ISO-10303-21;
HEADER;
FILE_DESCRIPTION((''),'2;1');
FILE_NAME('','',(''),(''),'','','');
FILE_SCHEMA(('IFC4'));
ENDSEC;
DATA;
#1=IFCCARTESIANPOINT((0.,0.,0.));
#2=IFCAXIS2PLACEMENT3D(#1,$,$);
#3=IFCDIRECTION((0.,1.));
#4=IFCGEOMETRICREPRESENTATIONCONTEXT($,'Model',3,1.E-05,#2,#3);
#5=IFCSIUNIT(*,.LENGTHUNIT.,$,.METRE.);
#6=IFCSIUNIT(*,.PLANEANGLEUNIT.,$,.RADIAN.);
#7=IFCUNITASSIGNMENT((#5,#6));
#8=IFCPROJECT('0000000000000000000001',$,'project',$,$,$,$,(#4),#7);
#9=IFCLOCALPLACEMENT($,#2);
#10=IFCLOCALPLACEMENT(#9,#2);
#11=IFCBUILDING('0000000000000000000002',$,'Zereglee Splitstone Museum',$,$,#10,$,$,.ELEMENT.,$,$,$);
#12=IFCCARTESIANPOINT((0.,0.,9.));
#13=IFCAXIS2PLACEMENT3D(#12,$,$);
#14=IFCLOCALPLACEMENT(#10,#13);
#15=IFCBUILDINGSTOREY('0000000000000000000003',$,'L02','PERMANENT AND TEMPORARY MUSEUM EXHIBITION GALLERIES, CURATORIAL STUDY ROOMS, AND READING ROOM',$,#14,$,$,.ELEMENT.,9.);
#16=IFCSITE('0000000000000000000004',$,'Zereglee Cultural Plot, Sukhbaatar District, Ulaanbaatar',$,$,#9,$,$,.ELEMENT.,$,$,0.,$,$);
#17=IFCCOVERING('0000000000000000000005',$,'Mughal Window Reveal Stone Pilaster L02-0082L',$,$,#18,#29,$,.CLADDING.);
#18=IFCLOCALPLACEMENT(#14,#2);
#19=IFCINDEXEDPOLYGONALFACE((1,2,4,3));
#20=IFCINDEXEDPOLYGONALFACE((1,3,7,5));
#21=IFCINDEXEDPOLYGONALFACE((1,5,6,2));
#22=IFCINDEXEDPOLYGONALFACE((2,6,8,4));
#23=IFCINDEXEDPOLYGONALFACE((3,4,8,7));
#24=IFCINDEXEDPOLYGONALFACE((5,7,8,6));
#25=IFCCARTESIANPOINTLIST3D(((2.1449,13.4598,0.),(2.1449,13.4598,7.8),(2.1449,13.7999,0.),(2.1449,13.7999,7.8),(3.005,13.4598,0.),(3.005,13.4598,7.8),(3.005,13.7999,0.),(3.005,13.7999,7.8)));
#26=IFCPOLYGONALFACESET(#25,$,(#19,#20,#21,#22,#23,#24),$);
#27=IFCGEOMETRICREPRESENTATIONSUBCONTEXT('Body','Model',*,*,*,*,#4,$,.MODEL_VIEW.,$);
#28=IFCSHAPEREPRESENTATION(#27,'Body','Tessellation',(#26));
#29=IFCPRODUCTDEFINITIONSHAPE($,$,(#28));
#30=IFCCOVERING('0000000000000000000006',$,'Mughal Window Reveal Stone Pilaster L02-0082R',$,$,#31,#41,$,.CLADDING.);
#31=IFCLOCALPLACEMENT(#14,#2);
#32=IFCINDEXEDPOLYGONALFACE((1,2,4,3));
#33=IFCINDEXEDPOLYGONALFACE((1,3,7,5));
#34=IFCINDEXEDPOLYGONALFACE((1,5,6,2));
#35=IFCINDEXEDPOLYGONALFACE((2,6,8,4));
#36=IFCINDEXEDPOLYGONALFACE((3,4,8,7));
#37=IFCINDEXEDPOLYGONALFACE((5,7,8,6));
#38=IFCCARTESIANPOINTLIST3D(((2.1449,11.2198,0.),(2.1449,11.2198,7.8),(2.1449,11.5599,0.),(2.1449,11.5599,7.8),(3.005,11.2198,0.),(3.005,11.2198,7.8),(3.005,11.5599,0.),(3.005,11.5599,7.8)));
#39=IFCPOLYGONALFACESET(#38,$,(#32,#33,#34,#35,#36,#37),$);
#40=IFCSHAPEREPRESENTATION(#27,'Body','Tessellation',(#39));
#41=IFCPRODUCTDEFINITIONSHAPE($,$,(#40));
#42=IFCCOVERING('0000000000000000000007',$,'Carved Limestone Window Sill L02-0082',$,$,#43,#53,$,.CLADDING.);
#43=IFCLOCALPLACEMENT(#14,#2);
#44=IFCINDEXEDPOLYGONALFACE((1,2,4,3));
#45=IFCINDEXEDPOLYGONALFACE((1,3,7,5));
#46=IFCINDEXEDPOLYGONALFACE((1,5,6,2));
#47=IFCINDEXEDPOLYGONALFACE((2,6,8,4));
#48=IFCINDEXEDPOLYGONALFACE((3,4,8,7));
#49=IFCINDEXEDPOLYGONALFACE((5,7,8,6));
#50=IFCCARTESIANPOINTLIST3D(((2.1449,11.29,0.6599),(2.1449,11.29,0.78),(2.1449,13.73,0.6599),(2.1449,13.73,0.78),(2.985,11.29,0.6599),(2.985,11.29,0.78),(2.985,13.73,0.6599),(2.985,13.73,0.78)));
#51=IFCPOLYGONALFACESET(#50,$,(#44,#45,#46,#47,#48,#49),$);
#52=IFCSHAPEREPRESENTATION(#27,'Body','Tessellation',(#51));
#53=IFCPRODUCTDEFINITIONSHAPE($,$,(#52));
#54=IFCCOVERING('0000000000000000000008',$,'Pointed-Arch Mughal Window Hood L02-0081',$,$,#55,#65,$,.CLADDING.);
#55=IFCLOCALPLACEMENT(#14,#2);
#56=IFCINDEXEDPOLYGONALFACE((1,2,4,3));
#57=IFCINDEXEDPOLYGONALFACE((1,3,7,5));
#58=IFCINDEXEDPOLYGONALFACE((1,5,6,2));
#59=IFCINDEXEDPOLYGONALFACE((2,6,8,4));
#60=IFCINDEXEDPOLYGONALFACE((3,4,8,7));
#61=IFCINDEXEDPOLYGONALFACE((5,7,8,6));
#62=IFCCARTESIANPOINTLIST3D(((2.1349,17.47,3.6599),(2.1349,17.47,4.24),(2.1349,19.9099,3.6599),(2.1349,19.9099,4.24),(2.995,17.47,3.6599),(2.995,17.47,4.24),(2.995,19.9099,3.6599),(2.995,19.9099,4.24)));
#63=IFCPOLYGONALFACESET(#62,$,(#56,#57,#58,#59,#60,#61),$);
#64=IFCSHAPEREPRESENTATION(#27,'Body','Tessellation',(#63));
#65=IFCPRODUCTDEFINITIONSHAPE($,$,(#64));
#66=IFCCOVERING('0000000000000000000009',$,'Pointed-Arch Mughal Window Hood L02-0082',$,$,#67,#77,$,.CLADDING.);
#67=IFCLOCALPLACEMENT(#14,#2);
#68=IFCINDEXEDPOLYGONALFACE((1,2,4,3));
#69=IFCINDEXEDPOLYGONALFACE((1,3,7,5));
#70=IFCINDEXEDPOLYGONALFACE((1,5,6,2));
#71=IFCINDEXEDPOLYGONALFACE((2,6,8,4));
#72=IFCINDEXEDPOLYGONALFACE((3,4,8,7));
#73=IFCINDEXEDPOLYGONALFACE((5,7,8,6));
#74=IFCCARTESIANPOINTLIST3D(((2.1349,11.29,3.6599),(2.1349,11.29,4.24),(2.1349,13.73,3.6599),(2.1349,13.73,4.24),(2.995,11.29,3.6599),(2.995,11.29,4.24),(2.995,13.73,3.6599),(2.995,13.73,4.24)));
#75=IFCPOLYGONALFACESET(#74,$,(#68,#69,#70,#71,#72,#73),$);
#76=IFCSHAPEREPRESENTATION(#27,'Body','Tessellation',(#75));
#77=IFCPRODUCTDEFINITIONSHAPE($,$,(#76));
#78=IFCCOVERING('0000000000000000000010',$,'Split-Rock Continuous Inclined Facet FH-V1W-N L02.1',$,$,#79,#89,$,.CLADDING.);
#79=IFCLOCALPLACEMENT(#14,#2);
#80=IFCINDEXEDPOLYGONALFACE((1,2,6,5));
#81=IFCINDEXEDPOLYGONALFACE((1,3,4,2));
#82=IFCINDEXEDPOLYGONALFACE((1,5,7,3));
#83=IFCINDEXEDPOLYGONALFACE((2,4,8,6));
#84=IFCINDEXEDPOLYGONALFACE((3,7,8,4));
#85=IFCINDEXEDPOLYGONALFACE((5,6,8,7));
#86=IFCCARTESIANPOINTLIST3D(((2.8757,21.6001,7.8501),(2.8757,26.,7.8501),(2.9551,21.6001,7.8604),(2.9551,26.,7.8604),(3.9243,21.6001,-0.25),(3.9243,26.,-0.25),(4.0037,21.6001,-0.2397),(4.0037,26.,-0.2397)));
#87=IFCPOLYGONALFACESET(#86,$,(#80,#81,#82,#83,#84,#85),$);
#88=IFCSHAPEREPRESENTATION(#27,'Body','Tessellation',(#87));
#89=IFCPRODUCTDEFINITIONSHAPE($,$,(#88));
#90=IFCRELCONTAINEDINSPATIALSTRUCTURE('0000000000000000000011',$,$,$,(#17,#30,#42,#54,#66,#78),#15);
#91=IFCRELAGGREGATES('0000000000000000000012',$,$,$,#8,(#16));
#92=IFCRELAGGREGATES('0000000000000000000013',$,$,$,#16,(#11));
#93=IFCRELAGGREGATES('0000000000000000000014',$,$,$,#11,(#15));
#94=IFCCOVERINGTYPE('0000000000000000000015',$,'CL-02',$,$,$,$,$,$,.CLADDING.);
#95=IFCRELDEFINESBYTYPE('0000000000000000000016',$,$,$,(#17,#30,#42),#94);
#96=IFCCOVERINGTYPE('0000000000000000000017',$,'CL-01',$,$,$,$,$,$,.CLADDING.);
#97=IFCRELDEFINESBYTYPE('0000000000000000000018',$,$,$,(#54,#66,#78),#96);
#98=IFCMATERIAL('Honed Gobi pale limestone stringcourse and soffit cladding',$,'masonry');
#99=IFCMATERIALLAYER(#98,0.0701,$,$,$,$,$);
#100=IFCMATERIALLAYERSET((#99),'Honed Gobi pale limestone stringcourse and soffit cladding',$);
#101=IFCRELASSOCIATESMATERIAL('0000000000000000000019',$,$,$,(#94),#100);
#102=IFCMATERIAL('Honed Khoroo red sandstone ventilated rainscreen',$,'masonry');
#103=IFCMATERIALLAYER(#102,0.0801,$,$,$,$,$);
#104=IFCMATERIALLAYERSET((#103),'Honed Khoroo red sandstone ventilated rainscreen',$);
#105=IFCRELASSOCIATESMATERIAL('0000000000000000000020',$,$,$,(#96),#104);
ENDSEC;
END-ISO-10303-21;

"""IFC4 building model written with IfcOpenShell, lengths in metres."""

from ifc_helpers import new_model, si_unit, direction, frame, origin, origin_2d, place, context, subcontext, project, spatial, polyline, rectangle, outline, extrude, material, layer, layer_set, type_object, element, save


model = new_model("IFC4")

# Units and contexts
model_context = context("Model", 3, precision=1e-05, world=origin(), true_north=direction((0.0, 1.0)))
body_context = subcontext(model_context, "Body", "Model", "MODEL_VIEW")
ifc_project = project(units=[si_unit("LENGTHUNIT", "METRE"), si_unit("PLANEANGLEUNIT", "RADIAN")], contexts=[model_context])

# Site, building, storey
site_placement = place(None, origin())
site = spatial("IfcSite", under=ifc_project, at=site_placement, Name="Zereglee Cultural Plot, Sukhbaatar District, Ulaanbaatar", CompositionType="ELEMENT", RefElevation=0.0)
building_placement = place(site_placement, origin())
building = spatial("IfcBuilding", under=site, at=building_placement, Name="Zereglee Splitstone Museum", CompositionType="ELEMENT")
storey_placement = place(building_placement, frame((0.0, 0.0, 9.0)))
storey = spatial("IfcBuildingStorey", under=building, at=storey_placement, Name="L02", Description="PERMANENT AND TEMPORARY MUSEUM EXHIBITION GALLERIES, CURATORIAL STUDY ROOMS, AND READING ROOM", CompositionType="ELEMENT", Elevation=9.0)

# Coverings
ifc_material_1 = material(Name="Honed Gobi pale limestone stringcourse and soffit cladding", Category="masonry")
ifc_layer_1 = layer(ifc_material_1, 0.0701)
ifc_layer_set_1 = layer_set([ifc_layer_1], Name="Honed Gobi pale limestone stringcourse and soffit cladding")
covering_type_1 = type_object("IfcCoveringType", Name="CL-02", PredefinedType="CLADDING", material=ifc_layer_set_1)
for number, where, z_axis, x_axis, name in (
    (1, (2.575, 13.6299, 0.0), (0.0, 0.0, 1.0), (0.0, -1.0, 0.0), "Mughal Window Reveal Stone Pilaster L02-0082L"),
    (2, (2.575, 11.3899, 0.0), (0.0, 0.0, 1.0), (0.0, -1.0, 0.0), "Mughal Window Reveal Stone Pilaster L02-0082R"),
):
    element("IfcCovering", number, at=place(storey_placement, frame(where, z_axis=z_axis, x_axis=x_axis)), inside=storey, type_object=covering_type_1, Name=name, PredefinedType="CLADDING", context=body_context, shape_type="SweptSolid", body=[
        extrude(rectangle(XDim=0.3401, YDim=0.8601, at=origin_2d()), origin(), (0.0, 0.0, 1.0), 7.8),
    ])
covering_1_placement = place(storey_placement, frame((2.5649, 12.51, 0.6599), z_axis=(0.0, 0.0, 1.0), x_axis=(0.0, -1.0, 0.0)))
element("IfcCovering", 3, at=covering_1_placement, inside=storey, type_object=covering_type_1, Name="Carved Limestone Window Sill L02-0082", PredefinedType="CLADDING", context=body_context, shape_type="SweptSolid", body=[
    extrude(rectangle(XDim=2.4399, YDim=0.8401, at=origin_2d()), origin(), (0.0, 0.0, 1.0), 0.1201),
])
ifc_material_2 = material(Name="Honed Khoroo red sandstone ventilated rainscreen", Category="masonry")
ifc_layer_2 = layer(ifc_material_2, 0.0801)
ifc_layer_set_2 = layer_set([ifc_layer_2], Name="Honed Khoroo red sandstone ventilated rainscreen")
covering_type_2 = type_object("IfcCoveringType", Name="CL-01", PredefinedType="CLADDING", material=ifc_layer_set_2)
for number, where, z_axis, x_axis, name in (
    (4, (2.5649, 18.6899, 3.6599), (0.0, 0.0, 1.0), (0.0, -1.0, 0.0), "Pointed-Arch Mughal Window Hood L02-0081"),
    (5, (2.5649, 12.51, 3.6599), (0.0, 0.0, 1.0), (0.0, -1.0, 0.0), "Pointed-Arch Mughal Window Hood L02-0082"),
):
    element("IfcCovering", number, at=place(storey_placement, frame(where, z_axis=z_axis, x_axis=x_axis)), inside=storey, type_object=covering_type_2, Name=name, PredefinedType="CLADDING", context=body_context, shape_type="SweptSolid", body=[
        extrude(rectangle(XDim=2.4399, YDim=0.8601, at=origin_2d()), origin(), (0.0, 0.0, 1.0), 0.5801),
    ])
covering_2_placement = place(storey_placement, frame((2.8757, 21.6001, 7.8501), z_axis=(-0.991725, 0.0, -0.128382), x_axis=(0.0, 1.0, 0.0)))
element("IfcCovering", 6, at=covering_2_placement, inside=storey, type_object=covering_type_2, Name="Split-Rock Continuous Inclined Facet FH-V1W-N L02.1", PredefinedType="CLADDING", context=body_context, shape_type="SweptSolid", body=[
    extrude(outline(polyline([(0.0, 0.0), (4.3999, 0.0), (4.3999, 8.1677), (0.0, 8.1677), (0.0, 0.0)])), origin(), (0.0, 0.0, -1.0), 0.0801),
])

save(model, "model.ifc")
